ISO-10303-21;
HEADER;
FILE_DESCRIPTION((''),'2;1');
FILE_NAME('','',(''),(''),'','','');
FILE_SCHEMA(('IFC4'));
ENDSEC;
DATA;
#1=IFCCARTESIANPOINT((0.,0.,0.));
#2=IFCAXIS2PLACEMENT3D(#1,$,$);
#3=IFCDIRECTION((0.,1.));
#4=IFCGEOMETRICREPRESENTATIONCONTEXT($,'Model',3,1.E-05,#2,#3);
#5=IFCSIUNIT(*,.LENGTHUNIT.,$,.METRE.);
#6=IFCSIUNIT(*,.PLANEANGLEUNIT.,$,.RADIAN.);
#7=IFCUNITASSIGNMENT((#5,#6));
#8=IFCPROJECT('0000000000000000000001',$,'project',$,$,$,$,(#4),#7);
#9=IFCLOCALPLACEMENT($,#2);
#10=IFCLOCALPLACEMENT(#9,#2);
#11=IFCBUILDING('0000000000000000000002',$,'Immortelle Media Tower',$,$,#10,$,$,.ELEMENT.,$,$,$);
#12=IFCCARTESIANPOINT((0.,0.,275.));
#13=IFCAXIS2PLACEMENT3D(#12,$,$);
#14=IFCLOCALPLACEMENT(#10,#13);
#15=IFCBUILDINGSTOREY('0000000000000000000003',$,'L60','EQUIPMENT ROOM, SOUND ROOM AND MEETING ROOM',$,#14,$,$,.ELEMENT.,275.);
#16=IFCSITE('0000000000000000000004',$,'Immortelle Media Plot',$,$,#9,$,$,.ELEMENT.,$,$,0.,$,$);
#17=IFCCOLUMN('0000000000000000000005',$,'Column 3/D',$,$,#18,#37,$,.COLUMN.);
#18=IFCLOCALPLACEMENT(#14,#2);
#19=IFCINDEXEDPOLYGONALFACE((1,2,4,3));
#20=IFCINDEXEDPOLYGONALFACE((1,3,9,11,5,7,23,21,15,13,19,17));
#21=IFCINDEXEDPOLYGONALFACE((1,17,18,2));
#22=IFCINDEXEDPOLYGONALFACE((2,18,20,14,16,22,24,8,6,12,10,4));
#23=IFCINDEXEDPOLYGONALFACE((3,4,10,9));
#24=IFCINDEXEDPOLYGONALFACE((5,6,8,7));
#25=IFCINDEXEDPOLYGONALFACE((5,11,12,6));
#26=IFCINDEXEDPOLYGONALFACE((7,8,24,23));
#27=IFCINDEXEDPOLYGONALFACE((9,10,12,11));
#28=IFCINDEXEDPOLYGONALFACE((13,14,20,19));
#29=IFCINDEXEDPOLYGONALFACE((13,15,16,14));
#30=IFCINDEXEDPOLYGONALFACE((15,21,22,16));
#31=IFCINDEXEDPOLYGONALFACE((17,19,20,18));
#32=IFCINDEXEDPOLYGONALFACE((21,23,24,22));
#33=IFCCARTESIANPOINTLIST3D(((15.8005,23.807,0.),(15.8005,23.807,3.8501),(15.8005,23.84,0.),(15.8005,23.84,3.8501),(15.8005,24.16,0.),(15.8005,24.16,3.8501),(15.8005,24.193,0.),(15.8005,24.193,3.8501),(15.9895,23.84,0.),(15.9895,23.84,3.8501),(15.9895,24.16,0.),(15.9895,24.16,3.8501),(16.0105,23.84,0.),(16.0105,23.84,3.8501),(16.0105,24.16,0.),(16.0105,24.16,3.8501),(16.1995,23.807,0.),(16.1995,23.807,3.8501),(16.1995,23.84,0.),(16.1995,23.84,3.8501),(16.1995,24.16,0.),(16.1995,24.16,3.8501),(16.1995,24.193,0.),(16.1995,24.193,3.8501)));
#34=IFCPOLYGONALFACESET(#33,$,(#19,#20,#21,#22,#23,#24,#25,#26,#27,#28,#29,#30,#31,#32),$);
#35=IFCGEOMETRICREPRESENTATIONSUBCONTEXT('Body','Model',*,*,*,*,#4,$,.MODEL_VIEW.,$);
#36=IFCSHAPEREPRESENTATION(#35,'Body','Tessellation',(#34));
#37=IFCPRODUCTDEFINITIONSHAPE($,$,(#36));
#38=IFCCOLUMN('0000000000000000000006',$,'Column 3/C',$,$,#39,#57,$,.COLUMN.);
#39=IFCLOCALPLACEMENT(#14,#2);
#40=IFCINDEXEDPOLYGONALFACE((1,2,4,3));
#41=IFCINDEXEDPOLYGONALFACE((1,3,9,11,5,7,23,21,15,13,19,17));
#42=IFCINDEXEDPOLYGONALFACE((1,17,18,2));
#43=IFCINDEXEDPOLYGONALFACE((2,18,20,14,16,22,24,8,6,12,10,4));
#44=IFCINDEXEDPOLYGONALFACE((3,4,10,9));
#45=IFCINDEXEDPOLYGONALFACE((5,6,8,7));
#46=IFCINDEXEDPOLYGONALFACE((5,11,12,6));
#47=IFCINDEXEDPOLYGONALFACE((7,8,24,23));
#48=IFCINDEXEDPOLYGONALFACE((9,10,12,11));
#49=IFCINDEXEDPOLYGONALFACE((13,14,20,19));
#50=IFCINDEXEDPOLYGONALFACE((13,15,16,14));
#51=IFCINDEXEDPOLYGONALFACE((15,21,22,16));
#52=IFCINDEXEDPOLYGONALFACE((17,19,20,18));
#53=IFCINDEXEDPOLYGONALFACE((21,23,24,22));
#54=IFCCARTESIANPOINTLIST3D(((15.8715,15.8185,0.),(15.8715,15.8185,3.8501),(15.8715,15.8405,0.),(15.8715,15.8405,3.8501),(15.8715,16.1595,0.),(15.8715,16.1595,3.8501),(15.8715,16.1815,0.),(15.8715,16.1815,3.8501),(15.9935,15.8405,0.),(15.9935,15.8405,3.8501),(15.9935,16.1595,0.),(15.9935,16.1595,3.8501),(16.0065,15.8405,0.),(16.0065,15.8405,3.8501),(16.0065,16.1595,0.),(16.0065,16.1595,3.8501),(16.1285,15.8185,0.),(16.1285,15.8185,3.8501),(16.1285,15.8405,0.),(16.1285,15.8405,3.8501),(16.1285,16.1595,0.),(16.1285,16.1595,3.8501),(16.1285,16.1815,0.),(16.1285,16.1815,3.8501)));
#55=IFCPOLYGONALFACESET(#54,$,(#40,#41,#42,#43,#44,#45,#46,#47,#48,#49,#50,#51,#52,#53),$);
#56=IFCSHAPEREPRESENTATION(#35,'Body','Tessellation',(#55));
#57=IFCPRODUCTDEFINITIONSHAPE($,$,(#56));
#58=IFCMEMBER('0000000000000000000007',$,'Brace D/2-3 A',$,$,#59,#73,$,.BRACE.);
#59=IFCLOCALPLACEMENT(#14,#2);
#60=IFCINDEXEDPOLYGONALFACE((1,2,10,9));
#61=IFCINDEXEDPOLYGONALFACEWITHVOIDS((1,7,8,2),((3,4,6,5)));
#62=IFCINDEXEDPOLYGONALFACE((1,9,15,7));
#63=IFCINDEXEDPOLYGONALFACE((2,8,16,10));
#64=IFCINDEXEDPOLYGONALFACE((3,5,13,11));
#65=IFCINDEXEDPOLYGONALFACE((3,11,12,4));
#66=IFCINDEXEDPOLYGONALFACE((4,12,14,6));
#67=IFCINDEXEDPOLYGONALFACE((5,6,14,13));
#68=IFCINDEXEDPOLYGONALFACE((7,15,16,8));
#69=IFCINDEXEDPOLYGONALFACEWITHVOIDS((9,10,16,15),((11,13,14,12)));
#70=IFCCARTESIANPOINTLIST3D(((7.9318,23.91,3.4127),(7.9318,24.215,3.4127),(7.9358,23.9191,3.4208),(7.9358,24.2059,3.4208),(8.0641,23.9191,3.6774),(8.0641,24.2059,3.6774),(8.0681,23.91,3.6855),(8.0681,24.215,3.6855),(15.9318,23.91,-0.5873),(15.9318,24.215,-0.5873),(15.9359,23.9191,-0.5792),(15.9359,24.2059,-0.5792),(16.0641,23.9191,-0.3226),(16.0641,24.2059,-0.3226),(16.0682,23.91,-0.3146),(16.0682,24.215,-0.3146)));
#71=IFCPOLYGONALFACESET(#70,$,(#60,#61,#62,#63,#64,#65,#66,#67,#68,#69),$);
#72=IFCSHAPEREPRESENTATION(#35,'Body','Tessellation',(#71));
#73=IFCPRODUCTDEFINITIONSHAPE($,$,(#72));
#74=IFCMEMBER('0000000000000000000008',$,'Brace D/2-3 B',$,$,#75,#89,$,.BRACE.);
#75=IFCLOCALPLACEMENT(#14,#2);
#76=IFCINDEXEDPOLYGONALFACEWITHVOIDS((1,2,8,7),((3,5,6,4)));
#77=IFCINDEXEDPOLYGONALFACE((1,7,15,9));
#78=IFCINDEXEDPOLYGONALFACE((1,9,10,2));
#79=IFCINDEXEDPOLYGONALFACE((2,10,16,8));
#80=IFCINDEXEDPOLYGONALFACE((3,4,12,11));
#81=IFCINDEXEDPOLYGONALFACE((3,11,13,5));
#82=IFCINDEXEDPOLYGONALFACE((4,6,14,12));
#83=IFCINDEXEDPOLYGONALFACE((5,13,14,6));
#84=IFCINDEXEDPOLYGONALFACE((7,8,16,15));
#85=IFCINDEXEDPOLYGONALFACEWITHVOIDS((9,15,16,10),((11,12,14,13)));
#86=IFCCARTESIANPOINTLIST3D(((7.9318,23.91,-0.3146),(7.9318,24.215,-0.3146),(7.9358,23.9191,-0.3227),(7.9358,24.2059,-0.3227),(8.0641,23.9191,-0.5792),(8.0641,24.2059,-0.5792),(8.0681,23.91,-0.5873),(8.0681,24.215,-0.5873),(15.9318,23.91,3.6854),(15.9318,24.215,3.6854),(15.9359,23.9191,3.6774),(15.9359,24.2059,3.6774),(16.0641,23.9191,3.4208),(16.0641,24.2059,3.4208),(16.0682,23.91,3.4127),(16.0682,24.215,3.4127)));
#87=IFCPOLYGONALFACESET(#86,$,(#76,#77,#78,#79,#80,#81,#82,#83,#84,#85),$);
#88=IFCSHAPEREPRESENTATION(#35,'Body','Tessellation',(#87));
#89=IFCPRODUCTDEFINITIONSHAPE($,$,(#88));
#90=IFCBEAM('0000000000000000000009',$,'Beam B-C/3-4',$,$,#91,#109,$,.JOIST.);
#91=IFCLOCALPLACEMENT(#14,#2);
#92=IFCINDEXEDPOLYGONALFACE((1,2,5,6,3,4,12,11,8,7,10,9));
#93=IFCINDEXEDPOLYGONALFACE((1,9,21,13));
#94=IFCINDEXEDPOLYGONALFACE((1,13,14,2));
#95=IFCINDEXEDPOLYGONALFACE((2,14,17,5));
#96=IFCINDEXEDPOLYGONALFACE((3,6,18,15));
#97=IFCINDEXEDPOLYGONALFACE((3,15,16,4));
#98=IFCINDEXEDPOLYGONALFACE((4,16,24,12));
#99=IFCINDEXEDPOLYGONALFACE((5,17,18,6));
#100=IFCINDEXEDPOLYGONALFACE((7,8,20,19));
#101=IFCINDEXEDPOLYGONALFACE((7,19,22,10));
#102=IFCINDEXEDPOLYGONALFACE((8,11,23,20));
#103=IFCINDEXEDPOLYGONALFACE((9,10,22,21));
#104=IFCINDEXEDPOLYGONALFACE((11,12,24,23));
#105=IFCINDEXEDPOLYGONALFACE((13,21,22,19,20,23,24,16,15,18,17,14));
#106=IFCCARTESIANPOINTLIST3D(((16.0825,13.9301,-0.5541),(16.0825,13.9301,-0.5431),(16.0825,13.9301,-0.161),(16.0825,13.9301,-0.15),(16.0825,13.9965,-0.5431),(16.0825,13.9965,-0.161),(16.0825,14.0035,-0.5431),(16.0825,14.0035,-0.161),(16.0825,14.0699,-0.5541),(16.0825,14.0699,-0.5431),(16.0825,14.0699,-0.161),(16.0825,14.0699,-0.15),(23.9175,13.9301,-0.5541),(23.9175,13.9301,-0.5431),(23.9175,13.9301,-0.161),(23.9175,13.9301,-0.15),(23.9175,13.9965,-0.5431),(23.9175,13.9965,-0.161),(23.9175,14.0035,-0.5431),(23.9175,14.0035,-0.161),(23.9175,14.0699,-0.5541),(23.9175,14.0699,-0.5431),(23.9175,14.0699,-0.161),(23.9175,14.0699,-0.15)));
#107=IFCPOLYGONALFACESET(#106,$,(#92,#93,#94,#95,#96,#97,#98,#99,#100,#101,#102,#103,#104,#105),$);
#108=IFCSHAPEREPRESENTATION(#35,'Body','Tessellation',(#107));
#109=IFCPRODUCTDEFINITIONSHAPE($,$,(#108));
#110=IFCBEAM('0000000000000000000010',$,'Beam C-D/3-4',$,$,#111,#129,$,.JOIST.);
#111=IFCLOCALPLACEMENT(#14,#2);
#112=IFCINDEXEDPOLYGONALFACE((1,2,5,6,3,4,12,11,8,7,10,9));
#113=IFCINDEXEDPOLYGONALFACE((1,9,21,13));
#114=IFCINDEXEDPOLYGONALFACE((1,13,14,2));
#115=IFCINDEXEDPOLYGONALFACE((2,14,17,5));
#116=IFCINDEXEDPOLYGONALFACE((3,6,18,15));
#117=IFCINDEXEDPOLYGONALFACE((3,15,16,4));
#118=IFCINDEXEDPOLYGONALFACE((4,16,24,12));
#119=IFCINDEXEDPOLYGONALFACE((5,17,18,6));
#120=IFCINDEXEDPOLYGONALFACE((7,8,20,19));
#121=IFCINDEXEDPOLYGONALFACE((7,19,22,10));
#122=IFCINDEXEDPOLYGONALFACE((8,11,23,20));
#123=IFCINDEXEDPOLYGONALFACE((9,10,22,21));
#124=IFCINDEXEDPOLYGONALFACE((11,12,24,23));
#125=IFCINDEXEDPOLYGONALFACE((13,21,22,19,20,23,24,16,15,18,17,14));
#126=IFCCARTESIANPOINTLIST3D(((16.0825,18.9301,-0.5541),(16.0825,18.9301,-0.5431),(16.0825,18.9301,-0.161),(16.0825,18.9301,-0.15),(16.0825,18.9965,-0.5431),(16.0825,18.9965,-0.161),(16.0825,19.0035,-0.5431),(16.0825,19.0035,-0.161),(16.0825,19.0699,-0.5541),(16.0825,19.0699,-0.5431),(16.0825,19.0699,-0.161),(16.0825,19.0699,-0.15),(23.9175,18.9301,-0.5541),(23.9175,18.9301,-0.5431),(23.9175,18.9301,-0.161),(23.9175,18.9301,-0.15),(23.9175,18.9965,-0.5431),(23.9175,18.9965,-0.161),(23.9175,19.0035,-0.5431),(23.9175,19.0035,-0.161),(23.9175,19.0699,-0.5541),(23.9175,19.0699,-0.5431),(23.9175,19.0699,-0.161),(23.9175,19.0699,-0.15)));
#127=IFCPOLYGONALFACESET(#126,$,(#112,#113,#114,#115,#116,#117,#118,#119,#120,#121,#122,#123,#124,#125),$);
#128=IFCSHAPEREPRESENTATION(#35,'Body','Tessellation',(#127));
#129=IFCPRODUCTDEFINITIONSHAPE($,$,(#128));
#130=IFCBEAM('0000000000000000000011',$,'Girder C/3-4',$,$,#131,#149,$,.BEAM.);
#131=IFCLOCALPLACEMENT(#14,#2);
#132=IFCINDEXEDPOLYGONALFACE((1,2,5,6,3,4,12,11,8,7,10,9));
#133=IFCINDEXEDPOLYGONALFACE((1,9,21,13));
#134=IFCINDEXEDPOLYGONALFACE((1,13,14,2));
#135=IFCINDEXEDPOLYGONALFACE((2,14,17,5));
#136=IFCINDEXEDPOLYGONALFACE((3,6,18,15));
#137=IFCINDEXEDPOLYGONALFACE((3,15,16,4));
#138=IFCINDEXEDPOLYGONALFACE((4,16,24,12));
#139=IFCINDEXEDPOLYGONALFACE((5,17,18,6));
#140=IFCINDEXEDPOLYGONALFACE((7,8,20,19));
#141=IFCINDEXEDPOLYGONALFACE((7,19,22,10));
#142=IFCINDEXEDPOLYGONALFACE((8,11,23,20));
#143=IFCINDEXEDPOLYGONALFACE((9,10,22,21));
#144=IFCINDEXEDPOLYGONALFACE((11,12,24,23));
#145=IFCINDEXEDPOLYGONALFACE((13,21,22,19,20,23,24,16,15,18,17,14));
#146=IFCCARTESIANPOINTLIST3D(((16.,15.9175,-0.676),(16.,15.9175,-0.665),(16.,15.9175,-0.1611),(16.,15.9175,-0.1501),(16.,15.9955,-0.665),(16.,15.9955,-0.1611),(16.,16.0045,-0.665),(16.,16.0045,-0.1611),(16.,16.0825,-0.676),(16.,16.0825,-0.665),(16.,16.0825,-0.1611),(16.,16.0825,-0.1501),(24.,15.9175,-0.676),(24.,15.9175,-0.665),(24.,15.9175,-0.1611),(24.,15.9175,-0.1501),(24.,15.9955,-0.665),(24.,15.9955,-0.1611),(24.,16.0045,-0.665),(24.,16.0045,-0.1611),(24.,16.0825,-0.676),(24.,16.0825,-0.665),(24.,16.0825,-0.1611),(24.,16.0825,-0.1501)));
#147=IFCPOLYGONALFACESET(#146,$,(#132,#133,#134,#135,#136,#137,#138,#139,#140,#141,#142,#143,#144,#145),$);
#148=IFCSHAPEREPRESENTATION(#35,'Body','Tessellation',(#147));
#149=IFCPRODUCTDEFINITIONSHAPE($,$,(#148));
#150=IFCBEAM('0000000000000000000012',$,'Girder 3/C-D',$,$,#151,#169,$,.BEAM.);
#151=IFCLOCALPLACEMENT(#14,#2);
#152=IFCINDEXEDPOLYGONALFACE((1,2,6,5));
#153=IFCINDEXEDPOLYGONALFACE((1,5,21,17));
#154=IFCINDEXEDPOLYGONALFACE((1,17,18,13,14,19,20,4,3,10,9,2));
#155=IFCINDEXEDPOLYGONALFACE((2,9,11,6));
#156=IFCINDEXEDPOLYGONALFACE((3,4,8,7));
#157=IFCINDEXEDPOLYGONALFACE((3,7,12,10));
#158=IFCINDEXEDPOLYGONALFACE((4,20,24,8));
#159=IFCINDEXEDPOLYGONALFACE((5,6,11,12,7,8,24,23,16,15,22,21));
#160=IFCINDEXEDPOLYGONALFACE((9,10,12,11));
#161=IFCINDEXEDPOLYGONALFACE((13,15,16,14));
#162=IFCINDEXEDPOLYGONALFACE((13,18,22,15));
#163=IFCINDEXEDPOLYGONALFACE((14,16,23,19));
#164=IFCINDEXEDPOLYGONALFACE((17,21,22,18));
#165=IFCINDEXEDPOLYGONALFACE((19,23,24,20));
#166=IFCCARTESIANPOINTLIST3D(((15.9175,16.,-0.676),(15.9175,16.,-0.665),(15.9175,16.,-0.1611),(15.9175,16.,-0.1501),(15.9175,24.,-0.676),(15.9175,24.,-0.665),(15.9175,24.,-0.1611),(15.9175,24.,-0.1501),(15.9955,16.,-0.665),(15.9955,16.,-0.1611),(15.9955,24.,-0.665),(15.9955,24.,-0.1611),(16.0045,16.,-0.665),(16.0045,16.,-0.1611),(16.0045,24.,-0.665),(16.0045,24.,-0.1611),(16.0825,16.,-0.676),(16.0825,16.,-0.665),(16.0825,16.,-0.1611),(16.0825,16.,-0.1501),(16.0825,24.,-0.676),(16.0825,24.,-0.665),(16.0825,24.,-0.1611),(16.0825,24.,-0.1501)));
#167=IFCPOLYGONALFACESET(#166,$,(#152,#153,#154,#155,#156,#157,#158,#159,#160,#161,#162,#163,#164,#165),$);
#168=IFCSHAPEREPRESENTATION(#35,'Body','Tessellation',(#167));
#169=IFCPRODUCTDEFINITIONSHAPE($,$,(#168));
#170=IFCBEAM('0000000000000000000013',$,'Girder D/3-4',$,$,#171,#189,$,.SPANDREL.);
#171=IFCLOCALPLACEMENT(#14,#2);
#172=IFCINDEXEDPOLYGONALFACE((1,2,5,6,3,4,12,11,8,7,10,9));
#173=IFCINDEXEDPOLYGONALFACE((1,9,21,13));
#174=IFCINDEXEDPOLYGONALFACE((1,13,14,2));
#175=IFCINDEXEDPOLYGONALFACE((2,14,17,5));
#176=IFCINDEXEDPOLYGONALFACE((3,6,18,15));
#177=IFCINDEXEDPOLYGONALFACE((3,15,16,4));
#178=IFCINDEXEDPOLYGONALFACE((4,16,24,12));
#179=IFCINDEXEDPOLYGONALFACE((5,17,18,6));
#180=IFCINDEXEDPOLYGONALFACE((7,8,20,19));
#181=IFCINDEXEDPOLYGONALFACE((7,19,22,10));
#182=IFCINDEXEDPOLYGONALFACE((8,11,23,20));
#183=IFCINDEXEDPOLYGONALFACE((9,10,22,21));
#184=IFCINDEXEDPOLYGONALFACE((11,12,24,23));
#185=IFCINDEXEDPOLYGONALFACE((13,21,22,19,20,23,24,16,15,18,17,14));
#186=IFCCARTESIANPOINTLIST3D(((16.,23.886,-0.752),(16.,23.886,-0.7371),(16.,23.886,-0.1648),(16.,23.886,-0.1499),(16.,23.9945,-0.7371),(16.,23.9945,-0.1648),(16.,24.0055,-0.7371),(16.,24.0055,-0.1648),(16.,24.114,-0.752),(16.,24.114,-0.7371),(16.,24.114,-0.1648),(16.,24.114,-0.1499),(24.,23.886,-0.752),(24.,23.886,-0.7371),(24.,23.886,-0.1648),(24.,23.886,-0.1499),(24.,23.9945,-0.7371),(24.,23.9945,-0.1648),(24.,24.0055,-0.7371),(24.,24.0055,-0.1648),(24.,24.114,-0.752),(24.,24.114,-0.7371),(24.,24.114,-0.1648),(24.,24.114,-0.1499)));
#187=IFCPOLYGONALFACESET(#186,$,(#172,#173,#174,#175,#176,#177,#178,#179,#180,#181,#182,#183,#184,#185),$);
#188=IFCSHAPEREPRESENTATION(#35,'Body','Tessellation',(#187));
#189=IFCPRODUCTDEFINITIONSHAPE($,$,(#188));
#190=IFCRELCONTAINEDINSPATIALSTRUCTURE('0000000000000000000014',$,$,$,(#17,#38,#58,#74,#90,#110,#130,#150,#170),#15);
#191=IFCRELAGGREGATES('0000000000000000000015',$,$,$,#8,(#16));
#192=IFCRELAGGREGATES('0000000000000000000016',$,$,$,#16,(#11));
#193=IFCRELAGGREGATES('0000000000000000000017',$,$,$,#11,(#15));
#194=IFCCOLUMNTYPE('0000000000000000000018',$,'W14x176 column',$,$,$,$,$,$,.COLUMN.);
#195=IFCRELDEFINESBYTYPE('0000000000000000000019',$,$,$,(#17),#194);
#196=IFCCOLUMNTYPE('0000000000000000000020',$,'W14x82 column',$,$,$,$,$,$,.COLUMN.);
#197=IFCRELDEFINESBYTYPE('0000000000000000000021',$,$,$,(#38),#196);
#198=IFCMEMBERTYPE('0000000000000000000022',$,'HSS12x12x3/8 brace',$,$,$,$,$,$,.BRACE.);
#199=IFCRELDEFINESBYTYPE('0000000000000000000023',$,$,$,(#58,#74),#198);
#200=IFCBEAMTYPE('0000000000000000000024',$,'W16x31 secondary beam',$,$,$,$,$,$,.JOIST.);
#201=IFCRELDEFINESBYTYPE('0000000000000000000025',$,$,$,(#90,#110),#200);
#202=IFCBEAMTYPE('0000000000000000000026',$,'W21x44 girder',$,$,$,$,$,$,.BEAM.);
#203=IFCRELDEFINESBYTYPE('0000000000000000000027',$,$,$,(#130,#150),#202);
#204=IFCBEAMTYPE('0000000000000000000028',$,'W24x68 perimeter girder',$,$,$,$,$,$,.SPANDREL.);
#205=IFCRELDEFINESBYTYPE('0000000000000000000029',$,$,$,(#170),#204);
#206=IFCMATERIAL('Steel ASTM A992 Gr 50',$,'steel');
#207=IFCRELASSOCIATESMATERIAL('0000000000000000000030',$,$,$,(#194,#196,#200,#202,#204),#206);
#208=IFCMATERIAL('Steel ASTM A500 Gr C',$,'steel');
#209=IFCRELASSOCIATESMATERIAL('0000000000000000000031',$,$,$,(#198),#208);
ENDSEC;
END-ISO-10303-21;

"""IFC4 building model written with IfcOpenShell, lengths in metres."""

from ifc_helpers import new_model, si_unit, direction, frame, origin, origin_2d, place, context, subcontext, project, spatial, hollow_rectangle, i_section, extrude, material, material_profile, profile_set, type_object, element, save


model = new_model("IFC4")

# Units and contexts
model_context = context("Model", 3, precision=1e-05, world=origin(), true_north=direction((0.0, 1.0)))
body_context = subcontext(model_context, "Body", "Model", "MODEL_VIEW")
ifc_project = project(units=[si_unit("LENGTHUNIT", "METRE"), si_unit("PLANEANGLEUNIT", "RADIAN")], contexts=[model_context])

# Site, building, storey
site_placement = place(None, origin())
site = spatial("IfcSite", under=ifc_project, at=site_placement, Name="Immortelle Media Plot", CompositionType="ELEMENT", RefElevation=0.0)
building_placement = place(site_placement, origin())
building = spatial("IfcBuilding", under=site, at=building_placement, Name="Immortelle Media Tower", CompositionType="ELEMENT")
storey_placement = place(building_placement, frame((0.0, 0.0, 275.0)))
storey = spatial("IfcBuildingStorey", under=building, at=storey_placement, Name="L60", Description="EQUIPMENT ROOM, SOUND ROOM AND MEETING ROOM", CompositionType="ELEMENT", Elevation=275.0)

# Columns
ifc_material_1 = material(Name="Steel ASTM A992 Gr 50", Category="steel")
ifc_material_profile_1 = material_profile(ifc_material_1, i_section(OverallWidth=0.3989, OverallDepth=0.386, WebThickness=0.021, FlangeThickness=0.033, at=origin_2d()), Name="W14x176")
ifc_profile_set_1 = profile_set([ifc_material_profile_1], Name="Steel ASTM A992 Gr 50")
column_type_1 = type_object("IfcColumnType", Name="W14x176 column", PredefinedType="COLUMN", material=ifc_profile_set_1)
column_1_placement = place(storey_placement, frame((16.0, 24.0, 0.0), z_axis=(0.0, 0.0, 1.0), x_axis=(1.0, 0.0, 0.0)))
element("IfcColumn", 1, at=column_1_placement, inside=storey, type_object=column_type_1, Name="Column 3/D", PredefinedType="COLUMN", context=body_context, shape_type="SweptSolid", body=[
    extrude(i_section(OverallWidth=0.3989, OverallDepth=0.386, WebThickness=0.021, FlangeThickness=0.033, at=origin_2d()), origin(), (0.0, 0.0, 1.0), 3.8501),
])
ifc_material_profile_2 = material_profile(ifc_material_1, i_section(OverallWidth=0.2571, OverallDepth=0.363, WebThickness=0.0129, FlangeThickness=0.022, at=origin_2d()), Name="W14x82")
ifc_profile_set_2 = profile_set([ifc_material_profile_2], Name="Steel ASTM A992 Gr 50")
column_type_2 = type_object("IfcColumnType", Name="W14x82 column", PredefinedType="COLUMN", material=ifc_profile_set_2)
column_2_placement = place(storey_placement, frame((16.0, 16.0, 0.0), z_axis=(0.0, 0.0, 1.0), x_axis=(1.0, 0.0, 0.0)))
element("IfcColumn", 2, at=column_2_placement, inside=storey, type_object=column_type_2, Name="Column 3/C", PredefinedType="COLUMN", context=body_context, shape_type="SweptSolid", body=[
    extrude(i_section(OverallWidth=0.2571, OverallDepth=0.363, WebThickness=0.0129, FlangeThickness=0.022, at=origin_2d()), origin(), (0.0, 0.0, 1.0), 3.8501),
])

# Members
ifc_material_2 = material(Name="Steel ASTM A500 Gr C", Category="steel")
ifc_material_profile_3 = material_profile(ifc_material_2, hollow_rectangle(XDim=0.3049, YDim=0.3049, WallThickness=0.009, at=origin_2d()), Name="HSS12x12x3/8 brace")
ifc_profile_set_3 = profile_set([ifc_material_profile_3], Name="Steel ASTM A500 Gr C")
member_type = type_object("IfcMemberType", Name="HSS12x12x3/8 brace", PredefinedType="BRACE", material=ifc_profile_set_3)
for number, where, z_axis, x_axis, name in (
    (3, (16.0, 24.0625, -0.4509), (-0.894427, 0.0, 0.447214), (0.0, -1.0, 0.0), "Brace D/2-3 A"),
    (4, (16.0, 24.0625, 3.5491), (-0.894427, 0.0, -0.447214), (0.0, -1.0, 0.0), "Brace D/2-3 B"),
):
    element("IfcMember", number, at=place(storey_placement, frame(where, z_axis=z_axis, x_axis=x_axis)), inside=storey, type_object=member_type, Name=name, PredefinedType="BRACE", context=body_context, shape_type="SweptSolid", body=[
        extrude(hollow_rectangle(XDim=0.3049, YDim=0.3049, WallThickness=0.009, at=origin_2d()), origin(), (0.0, 0.0, 1.0), 8.9443),
    ])

# Beams
ifc_material_profile_4 = material_profile(ifc_material_1, i_section(OverallWidth=0.1399, OverallDepth=0.4041, WebThickness=0.0071, FlangeThickness=0.011, at=origin_2d()), Name="W16x31")
ifc_profile_set_4 = profile_set([ifc_material_profile_4], Name="Steel ASTM A992 Gr 50")
beam_type_1 = type_object("IfcBeamType", Name="W16x31 secondary beam", PredefinedType="JOIST", material=ifc_profile_set_4)
for number, where, z_axis, x_axis, name in (
    (5, (16.0825, 14.0, -0.3521), (1.0, 0.0, 0.0), (0.0, 1.0, 0.0), "Beam B-C/3-4"),
    (6, (16.0825, 19.0, -0.3521), (1.0, 0.0, 0.0), (0.0, 1.0, 0.0), "Beam C-D/3-4"),
):
    element("IfcBeam", number, at=place(storey_placement, frame(where, z_axis=z_axis, x_axis=x_axis)), inside=storey, type_object=beam_type_1, Name=name, PredefinedType="JOIST", context=body_context, shape_type="SweptSolid", body=[
        extrude(i_section(OverallWidth=0.1399, OverallDepth=0.4041, WebThickness=0.0071, FlangeThickness=0.011, at=origin_2d()), origin(), (0.0, 0.0, 1.0), 7.835),
    ])
ifc_material_profile_5 = material_profile(ifc_material_1, i_section(OverallWidth=0.165, OverallDepth=0.5259, WebThickness=0.009, FlangeThickness=0.011, at=origin_2d()), Name="W21x44")
ifc_profile_set_5 = profile_set([ifc_material_profile_5], Name="Steel ASTM A992 Gr 50")
beam_type_2 = type_object("IfcBeamType", Name="W21x44 girder", PredefinedType="BEAM", material=ifc_profile_set_5)
for number, where, z_axis, x_axis, name in (
    (7, (16.0, 16.0, -0.4131), (1.0, 0.0, 0.0), (0.0, 1.0, 0.0), "Girder C/3-4"),
    (8, (16.0, 16.0, -0.4131), (0.0, 1.0, 0.0), (-1.0, 0.0, 0.0), "Girder 3/C-D"),
):
    element("IfcBeam", number, at=place(storey_placement, frame(where, z_axis=z_axis, x_axis=x_axis)), inside=storey, type_object=beam_type_2, Name=name, PredefinedType="BEAM", context=body_context, shape_type="SweptSolid", body=[
        extrude(i_section(OverallWidth=0.165, OverallDepth=0.5259, WebThickness=0.009, FlangeThickness=0.011, at=origin_2d()), origin(), (0.0, 0.0, 1.0), 8.0),
    ])
ifc_material_profile_6 = material_profile(ifc_material_1, i_section(OverallWidth=0.228, OverallDepth=0.6021, WebThickness=0.011, FlangeThickness=0.0149, at=origin_2d()), Name="W24x68")
ifc_profile_set_6 = profile_set([ifc_material_profile_6], Name="Steel ASTM A992 Gr 50")
beam_type_3 = type_object("IfcBeamType", Name="W24x68 perimeter girder", PredefinedType="SPANDREL", material=ifc_profile_set_6)
beam_placement = place(storey_placement, frame((16.0, 24.0, -0.4509), z_axis=(1.0, 0.0, 0.0), x_axis=(0.0, 1.0, 0.0)))
element("IfcBeam", 9, at=beam_placement, inside=storey, type_object=beam_type_3, Name="Girder D/3-4", PredefinedType="SPANDREL", context=body_context, shape_type="SweptSolid", body=[
    extrude(i_section(OverallWidth=0.228, OverallDepth=0.6021, WebThickness=0.011, FlangeThickness=0.0149, at=origin_2d()), origin(), (0.0, 0.0, 1.0), 8.0),
])

save(model, "model.ifc")
